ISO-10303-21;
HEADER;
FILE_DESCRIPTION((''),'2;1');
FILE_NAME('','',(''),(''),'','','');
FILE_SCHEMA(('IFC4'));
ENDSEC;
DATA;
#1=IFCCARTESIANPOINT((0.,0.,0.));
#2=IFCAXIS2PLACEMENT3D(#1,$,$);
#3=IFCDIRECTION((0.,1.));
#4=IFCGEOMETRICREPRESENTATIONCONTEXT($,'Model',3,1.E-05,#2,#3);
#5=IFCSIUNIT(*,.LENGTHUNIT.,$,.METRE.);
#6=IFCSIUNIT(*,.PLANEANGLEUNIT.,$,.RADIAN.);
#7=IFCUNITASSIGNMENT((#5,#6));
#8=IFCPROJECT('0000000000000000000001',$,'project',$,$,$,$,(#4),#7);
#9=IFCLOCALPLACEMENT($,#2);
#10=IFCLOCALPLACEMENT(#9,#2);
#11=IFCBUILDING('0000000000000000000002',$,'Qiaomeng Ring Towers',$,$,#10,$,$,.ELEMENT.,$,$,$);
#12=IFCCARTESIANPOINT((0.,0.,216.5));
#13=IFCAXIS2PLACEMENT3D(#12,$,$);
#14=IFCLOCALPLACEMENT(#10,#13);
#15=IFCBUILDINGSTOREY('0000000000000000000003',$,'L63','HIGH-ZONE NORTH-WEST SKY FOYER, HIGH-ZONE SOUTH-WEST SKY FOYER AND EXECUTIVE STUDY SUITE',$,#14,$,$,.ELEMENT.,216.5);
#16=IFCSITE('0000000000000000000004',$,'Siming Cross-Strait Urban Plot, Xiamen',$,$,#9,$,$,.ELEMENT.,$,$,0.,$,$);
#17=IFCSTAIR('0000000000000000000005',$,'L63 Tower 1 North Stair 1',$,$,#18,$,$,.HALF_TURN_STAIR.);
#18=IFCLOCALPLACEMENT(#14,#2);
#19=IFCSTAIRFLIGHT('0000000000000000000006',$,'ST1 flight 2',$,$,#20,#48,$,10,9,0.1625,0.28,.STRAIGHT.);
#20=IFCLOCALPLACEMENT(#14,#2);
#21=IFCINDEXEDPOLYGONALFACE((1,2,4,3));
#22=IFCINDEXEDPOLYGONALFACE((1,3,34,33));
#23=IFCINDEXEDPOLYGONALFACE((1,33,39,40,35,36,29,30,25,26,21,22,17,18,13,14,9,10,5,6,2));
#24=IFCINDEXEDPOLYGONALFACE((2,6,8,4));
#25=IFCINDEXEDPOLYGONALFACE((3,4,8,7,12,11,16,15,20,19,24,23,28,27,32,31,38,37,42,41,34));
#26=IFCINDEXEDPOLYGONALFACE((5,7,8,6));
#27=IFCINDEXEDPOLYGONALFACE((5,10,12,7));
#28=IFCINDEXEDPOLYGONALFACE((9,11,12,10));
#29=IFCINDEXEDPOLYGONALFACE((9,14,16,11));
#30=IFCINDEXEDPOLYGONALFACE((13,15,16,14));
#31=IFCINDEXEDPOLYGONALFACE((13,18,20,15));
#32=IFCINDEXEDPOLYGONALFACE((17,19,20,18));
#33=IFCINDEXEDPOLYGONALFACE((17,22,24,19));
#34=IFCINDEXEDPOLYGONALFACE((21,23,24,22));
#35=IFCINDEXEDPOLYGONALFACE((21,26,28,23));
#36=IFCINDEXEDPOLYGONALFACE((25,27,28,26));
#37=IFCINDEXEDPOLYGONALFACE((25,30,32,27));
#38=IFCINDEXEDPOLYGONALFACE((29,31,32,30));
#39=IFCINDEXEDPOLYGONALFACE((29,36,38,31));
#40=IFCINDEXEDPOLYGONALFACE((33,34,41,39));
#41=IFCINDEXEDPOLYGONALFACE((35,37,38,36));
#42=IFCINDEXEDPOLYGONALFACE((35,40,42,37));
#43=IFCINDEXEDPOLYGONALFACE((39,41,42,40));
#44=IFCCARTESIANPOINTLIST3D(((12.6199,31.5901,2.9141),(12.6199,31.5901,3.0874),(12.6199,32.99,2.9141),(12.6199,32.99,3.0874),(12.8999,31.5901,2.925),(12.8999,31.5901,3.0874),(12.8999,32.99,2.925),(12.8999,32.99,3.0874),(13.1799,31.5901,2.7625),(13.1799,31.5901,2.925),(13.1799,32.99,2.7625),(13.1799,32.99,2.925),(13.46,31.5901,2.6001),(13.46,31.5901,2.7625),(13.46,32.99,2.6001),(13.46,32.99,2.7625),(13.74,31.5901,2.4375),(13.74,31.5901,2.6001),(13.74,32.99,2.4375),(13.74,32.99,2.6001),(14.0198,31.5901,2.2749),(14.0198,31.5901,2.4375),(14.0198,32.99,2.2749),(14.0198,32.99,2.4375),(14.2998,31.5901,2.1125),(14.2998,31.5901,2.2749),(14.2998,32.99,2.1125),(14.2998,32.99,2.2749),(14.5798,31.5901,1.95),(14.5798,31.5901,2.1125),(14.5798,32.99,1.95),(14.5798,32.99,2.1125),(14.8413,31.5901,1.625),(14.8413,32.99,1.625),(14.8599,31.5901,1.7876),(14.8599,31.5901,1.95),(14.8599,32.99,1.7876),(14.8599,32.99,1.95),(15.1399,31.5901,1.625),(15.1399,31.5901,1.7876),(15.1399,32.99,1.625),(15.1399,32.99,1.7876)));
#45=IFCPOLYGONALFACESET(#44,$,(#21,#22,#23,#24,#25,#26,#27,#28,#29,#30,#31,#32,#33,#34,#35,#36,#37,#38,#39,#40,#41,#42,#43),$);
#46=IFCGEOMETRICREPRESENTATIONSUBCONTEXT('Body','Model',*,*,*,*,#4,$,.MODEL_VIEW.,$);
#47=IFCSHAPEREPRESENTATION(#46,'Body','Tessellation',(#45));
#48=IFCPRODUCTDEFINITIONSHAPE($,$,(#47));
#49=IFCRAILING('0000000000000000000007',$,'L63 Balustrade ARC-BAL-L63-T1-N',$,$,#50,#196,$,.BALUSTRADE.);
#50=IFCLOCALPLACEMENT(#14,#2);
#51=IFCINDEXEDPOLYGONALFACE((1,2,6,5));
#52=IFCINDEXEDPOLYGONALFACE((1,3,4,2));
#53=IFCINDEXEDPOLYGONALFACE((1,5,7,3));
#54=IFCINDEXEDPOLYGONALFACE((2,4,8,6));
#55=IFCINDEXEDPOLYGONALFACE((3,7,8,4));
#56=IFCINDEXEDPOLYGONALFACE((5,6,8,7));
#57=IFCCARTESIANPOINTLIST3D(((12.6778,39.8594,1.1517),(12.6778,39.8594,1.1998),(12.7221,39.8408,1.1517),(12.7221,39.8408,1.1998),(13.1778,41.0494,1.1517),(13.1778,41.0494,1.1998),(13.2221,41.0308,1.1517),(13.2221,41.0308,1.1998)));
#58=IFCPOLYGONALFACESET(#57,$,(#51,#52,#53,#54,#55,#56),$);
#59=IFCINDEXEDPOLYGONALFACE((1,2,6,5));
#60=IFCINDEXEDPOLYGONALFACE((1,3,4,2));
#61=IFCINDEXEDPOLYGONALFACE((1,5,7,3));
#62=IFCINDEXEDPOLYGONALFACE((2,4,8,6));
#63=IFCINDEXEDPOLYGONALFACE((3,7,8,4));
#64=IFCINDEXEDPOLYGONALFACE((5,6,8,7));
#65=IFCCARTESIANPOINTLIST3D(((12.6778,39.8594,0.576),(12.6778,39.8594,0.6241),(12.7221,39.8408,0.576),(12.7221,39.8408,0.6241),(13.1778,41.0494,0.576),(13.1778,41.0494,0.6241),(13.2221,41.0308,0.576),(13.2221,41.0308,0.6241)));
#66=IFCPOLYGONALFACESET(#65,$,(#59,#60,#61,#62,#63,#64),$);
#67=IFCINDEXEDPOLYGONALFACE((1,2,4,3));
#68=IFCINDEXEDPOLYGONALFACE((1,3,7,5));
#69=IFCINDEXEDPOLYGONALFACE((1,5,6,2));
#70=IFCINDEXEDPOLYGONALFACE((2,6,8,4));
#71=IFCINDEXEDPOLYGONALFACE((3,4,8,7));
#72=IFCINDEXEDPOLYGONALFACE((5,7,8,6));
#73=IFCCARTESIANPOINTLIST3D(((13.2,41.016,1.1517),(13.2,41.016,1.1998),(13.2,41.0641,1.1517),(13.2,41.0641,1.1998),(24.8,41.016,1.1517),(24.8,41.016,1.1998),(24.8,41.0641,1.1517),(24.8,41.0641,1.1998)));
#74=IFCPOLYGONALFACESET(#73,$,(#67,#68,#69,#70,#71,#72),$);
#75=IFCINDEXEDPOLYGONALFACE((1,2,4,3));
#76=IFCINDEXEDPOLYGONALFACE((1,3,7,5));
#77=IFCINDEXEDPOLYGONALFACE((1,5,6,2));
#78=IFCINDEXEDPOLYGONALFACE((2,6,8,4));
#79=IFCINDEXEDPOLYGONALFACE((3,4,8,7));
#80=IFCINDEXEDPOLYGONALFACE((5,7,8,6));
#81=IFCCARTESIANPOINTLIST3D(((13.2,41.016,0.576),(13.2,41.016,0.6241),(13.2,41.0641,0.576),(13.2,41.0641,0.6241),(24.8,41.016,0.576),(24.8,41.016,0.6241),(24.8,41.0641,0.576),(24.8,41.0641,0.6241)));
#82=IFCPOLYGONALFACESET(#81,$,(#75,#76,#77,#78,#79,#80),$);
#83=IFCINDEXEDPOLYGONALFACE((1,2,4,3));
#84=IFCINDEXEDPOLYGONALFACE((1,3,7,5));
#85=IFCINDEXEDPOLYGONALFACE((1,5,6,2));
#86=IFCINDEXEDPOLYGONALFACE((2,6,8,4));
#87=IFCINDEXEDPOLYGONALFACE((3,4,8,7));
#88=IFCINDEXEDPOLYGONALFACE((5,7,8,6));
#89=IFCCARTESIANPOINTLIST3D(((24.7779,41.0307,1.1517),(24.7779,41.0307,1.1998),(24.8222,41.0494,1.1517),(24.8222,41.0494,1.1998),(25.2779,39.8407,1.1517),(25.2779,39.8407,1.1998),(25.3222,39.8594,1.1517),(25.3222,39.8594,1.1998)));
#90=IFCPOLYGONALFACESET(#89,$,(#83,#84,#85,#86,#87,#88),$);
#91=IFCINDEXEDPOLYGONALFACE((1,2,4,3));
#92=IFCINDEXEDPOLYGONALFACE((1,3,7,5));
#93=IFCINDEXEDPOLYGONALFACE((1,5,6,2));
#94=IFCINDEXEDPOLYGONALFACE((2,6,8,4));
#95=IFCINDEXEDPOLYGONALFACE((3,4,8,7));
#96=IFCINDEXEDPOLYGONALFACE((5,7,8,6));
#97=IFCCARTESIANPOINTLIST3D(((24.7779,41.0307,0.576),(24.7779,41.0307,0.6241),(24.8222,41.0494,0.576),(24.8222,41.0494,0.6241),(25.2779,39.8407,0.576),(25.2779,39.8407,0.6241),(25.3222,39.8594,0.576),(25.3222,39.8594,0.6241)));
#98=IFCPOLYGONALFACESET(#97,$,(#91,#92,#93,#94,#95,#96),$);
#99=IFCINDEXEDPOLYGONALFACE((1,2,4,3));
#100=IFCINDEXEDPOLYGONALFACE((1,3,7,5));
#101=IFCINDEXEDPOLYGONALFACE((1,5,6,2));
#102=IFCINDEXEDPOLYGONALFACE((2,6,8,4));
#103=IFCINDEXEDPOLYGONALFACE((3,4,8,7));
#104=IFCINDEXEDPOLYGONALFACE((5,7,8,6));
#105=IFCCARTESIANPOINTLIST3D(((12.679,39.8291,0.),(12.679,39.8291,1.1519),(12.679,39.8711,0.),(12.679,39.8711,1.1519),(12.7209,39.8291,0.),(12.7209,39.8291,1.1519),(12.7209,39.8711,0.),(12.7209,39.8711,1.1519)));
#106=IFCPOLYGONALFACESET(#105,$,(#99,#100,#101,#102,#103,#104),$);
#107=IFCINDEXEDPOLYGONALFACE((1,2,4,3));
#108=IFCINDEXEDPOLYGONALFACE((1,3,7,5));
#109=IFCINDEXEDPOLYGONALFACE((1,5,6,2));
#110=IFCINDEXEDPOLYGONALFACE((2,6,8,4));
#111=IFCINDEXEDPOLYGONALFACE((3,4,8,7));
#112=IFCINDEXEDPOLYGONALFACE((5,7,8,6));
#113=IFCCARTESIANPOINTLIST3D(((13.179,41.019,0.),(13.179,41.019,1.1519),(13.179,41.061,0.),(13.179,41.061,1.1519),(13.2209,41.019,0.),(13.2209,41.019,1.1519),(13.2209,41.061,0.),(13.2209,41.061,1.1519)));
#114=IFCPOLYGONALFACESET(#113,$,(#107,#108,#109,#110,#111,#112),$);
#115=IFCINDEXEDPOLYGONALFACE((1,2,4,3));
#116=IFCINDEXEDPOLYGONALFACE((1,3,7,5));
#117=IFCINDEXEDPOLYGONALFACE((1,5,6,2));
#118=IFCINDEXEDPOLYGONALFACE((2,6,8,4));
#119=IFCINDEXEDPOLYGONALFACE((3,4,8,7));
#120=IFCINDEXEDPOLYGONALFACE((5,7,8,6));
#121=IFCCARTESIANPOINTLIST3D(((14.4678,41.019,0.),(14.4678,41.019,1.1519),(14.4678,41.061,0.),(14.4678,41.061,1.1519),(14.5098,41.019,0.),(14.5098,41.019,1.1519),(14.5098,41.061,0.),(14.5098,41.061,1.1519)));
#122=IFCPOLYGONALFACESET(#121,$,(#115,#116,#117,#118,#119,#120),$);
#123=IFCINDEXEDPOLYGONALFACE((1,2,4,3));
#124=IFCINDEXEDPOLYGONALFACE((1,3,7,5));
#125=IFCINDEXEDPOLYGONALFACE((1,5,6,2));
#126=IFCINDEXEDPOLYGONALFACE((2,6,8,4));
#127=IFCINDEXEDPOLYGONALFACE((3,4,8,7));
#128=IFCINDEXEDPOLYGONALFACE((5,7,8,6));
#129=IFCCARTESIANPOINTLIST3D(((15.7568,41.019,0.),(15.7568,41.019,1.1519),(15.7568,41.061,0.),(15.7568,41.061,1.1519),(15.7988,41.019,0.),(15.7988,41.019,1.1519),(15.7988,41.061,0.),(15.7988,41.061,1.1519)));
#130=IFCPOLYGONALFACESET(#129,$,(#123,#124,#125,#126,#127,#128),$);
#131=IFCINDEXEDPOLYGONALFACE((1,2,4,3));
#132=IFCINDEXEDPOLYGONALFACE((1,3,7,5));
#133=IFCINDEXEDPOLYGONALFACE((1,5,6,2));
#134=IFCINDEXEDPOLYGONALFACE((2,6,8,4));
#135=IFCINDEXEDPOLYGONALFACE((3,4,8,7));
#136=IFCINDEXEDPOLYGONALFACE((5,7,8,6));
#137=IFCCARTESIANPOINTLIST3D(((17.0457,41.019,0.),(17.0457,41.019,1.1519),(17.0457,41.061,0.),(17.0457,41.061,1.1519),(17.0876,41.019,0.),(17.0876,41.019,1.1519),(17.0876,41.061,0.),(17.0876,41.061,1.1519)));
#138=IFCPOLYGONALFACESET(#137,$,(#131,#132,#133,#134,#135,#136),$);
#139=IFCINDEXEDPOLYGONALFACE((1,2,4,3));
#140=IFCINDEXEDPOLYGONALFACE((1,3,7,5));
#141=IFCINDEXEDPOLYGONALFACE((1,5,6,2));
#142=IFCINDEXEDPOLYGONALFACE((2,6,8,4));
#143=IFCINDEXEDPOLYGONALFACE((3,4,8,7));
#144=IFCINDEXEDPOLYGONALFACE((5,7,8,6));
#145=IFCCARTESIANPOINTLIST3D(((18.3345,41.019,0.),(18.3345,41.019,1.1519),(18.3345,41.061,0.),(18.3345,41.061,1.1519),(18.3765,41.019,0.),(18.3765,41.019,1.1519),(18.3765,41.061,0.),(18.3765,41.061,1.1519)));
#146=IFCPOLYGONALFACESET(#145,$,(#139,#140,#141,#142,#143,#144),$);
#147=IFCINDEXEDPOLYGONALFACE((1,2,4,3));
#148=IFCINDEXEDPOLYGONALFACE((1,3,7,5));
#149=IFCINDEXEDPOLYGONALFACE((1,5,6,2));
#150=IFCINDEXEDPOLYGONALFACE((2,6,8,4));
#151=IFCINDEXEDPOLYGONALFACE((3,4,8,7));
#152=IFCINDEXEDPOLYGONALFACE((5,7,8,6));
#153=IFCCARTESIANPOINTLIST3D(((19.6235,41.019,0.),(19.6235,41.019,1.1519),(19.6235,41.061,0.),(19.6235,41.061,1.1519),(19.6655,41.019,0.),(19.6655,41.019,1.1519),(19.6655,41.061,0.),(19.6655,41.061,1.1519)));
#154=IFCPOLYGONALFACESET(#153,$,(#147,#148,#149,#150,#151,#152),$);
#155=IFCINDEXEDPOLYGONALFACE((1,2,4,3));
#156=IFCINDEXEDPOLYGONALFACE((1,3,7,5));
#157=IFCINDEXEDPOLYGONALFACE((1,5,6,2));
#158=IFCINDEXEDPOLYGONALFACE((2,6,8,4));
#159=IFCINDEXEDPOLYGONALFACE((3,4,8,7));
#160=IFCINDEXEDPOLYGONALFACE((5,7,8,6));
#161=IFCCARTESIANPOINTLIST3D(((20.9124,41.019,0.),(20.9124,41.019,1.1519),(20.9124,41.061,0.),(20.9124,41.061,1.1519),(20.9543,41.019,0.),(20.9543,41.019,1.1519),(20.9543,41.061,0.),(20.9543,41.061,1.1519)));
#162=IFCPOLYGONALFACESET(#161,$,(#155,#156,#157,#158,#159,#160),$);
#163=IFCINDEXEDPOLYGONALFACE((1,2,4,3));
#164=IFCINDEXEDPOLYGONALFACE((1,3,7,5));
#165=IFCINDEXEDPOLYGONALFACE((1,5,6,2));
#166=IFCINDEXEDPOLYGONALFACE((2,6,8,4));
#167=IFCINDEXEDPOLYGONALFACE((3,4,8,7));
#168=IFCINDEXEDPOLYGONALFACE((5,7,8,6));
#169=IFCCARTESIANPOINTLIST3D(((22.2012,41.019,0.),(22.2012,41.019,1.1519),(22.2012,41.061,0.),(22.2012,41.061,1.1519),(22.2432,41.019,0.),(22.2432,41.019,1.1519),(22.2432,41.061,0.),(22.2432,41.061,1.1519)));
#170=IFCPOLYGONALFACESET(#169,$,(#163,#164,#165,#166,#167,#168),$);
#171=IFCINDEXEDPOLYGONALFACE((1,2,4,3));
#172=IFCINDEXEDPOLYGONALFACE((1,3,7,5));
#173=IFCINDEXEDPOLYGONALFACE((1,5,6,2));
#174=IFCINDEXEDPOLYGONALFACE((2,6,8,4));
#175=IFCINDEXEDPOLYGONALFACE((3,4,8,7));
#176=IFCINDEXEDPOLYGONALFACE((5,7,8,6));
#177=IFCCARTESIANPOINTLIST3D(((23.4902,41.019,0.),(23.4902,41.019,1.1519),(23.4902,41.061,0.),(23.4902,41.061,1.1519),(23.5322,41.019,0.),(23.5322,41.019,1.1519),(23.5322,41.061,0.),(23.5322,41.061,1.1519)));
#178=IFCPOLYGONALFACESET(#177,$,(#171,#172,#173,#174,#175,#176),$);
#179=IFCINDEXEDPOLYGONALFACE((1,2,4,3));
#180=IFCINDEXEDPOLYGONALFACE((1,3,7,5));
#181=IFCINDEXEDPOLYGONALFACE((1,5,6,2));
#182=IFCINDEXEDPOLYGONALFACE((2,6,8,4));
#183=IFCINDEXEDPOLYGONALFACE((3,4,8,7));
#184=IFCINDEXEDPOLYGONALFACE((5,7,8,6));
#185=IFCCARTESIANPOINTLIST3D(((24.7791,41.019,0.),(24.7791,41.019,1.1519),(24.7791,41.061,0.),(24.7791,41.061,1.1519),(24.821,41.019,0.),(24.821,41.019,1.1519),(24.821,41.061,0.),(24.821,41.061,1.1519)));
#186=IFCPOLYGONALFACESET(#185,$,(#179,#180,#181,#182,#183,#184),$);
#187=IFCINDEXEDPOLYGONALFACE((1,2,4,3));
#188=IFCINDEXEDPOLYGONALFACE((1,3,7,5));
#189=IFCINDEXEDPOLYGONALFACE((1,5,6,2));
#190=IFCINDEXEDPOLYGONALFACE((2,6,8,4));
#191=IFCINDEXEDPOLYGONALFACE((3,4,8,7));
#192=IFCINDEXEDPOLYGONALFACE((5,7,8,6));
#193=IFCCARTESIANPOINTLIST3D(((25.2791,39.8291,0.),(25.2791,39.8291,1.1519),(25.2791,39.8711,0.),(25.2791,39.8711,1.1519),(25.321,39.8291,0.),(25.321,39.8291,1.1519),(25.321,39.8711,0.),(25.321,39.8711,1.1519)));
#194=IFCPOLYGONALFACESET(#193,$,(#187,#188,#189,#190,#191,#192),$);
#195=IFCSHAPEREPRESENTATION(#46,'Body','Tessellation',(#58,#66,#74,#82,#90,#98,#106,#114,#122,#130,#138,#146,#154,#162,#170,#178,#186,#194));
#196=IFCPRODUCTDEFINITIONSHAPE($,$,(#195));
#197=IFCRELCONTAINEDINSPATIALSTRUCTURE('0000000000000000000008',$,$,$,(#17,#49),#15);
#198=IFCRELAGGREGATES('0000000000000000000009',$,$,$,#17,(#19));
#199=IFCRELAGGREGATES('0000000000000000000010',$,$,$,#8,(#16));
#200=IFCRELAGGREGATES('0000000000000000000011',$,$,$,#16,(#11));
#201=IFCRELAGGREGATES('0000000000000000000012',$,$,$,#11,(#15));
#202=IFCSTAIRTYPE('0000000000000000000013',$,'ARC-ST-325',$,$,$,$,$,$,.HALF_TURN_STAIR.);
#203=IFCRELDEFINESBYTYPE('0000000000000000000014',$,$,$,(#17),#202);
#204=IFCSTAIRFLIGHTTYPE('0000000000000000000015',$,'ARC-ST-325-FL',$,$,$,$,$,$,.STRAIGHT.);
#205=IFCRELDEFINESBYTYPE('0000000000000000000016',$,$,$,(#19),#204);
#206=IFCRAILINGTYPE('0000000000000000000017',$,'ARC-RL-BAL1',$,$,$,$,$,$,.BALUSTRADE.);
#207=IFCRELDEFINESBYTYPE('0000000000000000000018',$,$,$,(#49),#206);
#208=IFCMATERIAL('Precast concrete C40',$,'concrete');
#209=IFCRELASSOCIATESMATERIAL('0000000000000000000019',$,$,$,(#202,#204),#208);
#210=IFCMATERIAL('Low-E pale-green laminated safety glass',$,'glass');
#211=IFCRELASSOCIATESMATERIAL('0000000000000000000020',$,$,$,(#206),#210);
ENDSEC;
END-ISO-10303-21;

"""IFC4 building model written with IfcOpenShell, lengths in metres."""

from ifc_helpers import new_model, si_unit, direction, frame, origin, origin_2d, place, context, subcontext, project, spatial, polyline, rectangle, outline, extrude, source, transform, mapped, material, type_object, element, aggregate, save


model = new_model("IFC4")

# Units and contexts
model_context = context("Model", 3, precision=1e-05, world=origin(), true_north=direction((0.0, 1.0)))
body_context = subcontext(model_context, "Body", "Model", "MODEL_VIEW")
ifc_project = project(units=[si_unit("LENGTHUNIT", "METRE"), si_unit("PLANEANGLEUNIT", "RADIAN")], contexts=[model_context])

# Site, building, storey
site_placement = place(None, origin())
site = spatial("IfcSite", under=ifc_project, at=site_placement, Name="Siming Cross-Strait Urban Plot, Xiamen", CompositionType="ELEMENT", RefElevation=0.0)
building_placement = place(site_placement, origin())
building = spatial("IfcBuilding", under=site, at=building_placement, Name="Qiaomeng Ring Towers", CompositionType="ELEMENT")
storey_placement = place(building_placement, frame((0.0, 0.0, 216.5)))
storey = spatial("IfcBuildingStorey", under=building, at=storey_placement, Name="L63", Description="HIGH-ZONE NORTH-WEST SKY FOYER, HIGH-ZONE SOUTH-WEST SKY FOYER AND EXECUTIVE STUDY SUITE", CompositionType="ELEMENT", Elevation=216.5)

# Stair, stair flight
ifc_material_1 = material(Name="Precast concrete C40", Category="concrete")
stair_type = type_object("IfcStairType", Name="ARC-ST-325", PredefinedType="HALF_TURN_STAIR", material=ifc_material_1)
stair_placement = place(storey_placement, origin())
stair = element("IfcStair", 1, at=stair_placement, inside=storey, type_object=stair_type, Name="L63 Tower 1 North Stair 1", PredefinedType="HALF_TURN_STAIR")
stair_flight_type = type_object("IfcStairFlightType", Name="ARC-ST-325-FL", PredefinedType="STRAIGHT", material=ifc_material_1)
shared_shape_1 = source(origin(), body_context, "Body", "SweptSolid", [
    extrude(outline(polyline([(0.0, 0.0), (0.0, 0.1626), (0.28, 0.1626), (0.28, 0.325), (0.5601, 0.325), (0.5601, 0.4875), (0.8401, 0.4875), (0.8401, 0.6499), (1.1201, 0.6499), (1.1201, 0.8125), (1.3999, 0.8125), (1.3999, 0.9751), (1.6799, 0.9751), (1.6799, 1.1375), (1.96, 1.1375), (1.96, 1.3), (2.24, 1.3), (2.24, 1.4624), (2.52, 1.4624), (2.52, 1.625), (2.52, 1.2891), (0.2986, 0.0), (0.0, 0.0)])), frame((0.0, 0.7, 0.0), z_axis=(0.0, -1.0, 0.0), x_axis=(1.0, 0.0, 0.0)), (0.0, 0.0, 1.0), 1.3999),
])
stair_flight_placement = place(storey_placement, frame((15.1399, 32.29, 1.625), z_axis=(0.0, 0.0, 1.0), x_axis=(-1.0, 0.0, 0.0)))
stair_flight = element("IfcStairFlight", 2, at=stair_flight_placement, type_object=stair_flight_type, Name="ST1 flight 2", NumberOfRisers=10, NumberOfTreads=9, PredefinedType="STRAIGHT", RiserHeight=0.1625, TreadLength=0.28, context=body_context, shape_type="MappedRepresentation", body=[
    mapped(shared_shape_1, transform((0.0, 0.0, 0.0), x_axis=(1.0, 0.0, 0.0), y_axis=(0.0, 1.0, 0.0), z_axis=(0.0, 0.0, 1.0), scale=1.0)),
])
aggregate(stair, [stair_flight])

# Railing
ifc_material_2 = material(Name="Low-E pale-green laminated safety glass", Category="glass")
railing_type_1 = type_object("IfcRailingType", Name="ARC-RL-BAL1", PredefinedType="BALUSTRADE", material=ifc_material_2)
railing_1_placement = place(storey_placement, frame((12.7, 39.8501, 0.0)))
element("IfcRailing", 3, at=railing_1_placement, inside=storey, type_object=railing_type_1, Name="L63 Balustrade ARC-BAL-L63-T1-N", PredefinedType="BALUSTRADE", context=body_context, shape_type="SweptSolid", body=[
    extrude(rectangle(XDim=0.0481, YDim=0.0481, at=origin_2d()), frame((0.0, 0.0, 1.1758), z_axis=(0.38738, 0.92192, 0.0), x_axis=(-0.92192, 0.38738, 0.0)), (0.0, 0.0, 1.0), 1.2908),
    extrude(rectangle(XDim=0.0481, YDim=0.0481, at=origin_2d()), frame((0.0, 0.0, 0.6001), z_axis=(0.38738, 0.92192, 0.0), x_axis=(-0.92192, 0.38738, 0.0)), (0.0, 0.0, 1.0), 1.2908),
    extrude(rectangle(XDim=0.0481, YDim=0.0481, at=origin_2d()), frame((0.5, 1.1899, 1.1758), z_axis=(1.0, 0.0, 0.0), x_axis=(0.0, 1.0, 0.0)), (0.0, 0.0, 1.0), 11.6001),
    extrude(rectangle(XDim=0.0481, YDim=0.0481, at=origin_2d()), frame((0.5, 1.1899, 0.6001), z_axis=(1.0, 0.0, 0.0), x_axis=(0.0, 1.0, 0.0)), (0.0, 0.0, 1.0), 11.6001),
    extrude(rectangle(XDim=0.0481, YDim=0.0481, at=origin_2d()), frame((12.1001, 1.1899, 1.1758), z_axis=(0.38738, -0.92192, 0.0), x_axis=(0.92192, 0.38738, 0.0)), (0.0, 0.0, 1.0), 1.2908),
    extrude(rectangle(XDim=0.0481, YDim=0.0481, at=origin_2d()), frame((12.1001, 1.1899, 0.6001), z_axis=(0.38738, -0.92192, 0.0), x_axis=(0.92192, 0.38738, 0.0)), (0.0, 0.0, 1.0), 1.2908),
    extrude(rectangle(XDim=0.042, YDim=0.042, at=origin_2d()), origin(), (0.0, 0.0, 1.0), 1.1519),
    extrude(rectangle(XDim=0.042, YDim=0.042, at=origin_2d()), frame((0.5, 1.1899, 0.0)), (0.0, 0.0, 1.0), 1.1519),
    extrude(rectangle(XDim=0.042, YDim=0.042, at=origin_2d()), frame((1.7888, 1.1899, 0.0)), (0.0, 0.0, 1.0), 1.1519),
    extrude(rectangle(XDim=0.042, YDim=0.042, at=origin_2d()), frame((3.0779, 1.1899, 0.0)), (0.0, 0.0, 1.0), 1.1519),
    extrude(rectangle(XDim=0.042, YDim=0.042, at=origin_2d()), frame((4.3667, 1.1899, 0.0)), (0.0, 0.0, 1.0), 1.1519),
    extrude(rectangle(XDim=0.042, YDim=0.042, at=origin_2d()), frame((5.6555, 1.1899, 0.0)), (0.0, 0.0, 1.0), 1.1519),
    extrude(rectangle(XDim=0.042, YDim=0.042, at=origin_2d()), frame((6.9446, 1.1899, 0.0)), (0.0, 0.0, 1.0), 1.1519),
    extrude(rectangle(XDim=0.042, YDim=0.042, at=origin_2d()), frame((8.2334, 1.1899, 0.0)), (0.0, 0.0, 1.0), 1.1519),
    extrude(rectangle(XDim=0.042, YDim=0.042, at=origin_2d()), frame((9.5222, 1.1899, 0.0)), (0.0, 0.0, 1.0), 1.1519),
    extrude(rectangle(XDim=0.042, YDim=0.042, at=origin_2d()), frame((10.8113, 1.1899, 0.0)), (0.0, 0.0, 1.0), 1.1519),
    extrude(rectangle(XDim=0.042, YDim=0.042, at=origin_2d()), frame((12.1001, 1.1899, 0.0)), (0.0, 0.0, 1.0), 1.1519),
    extrude(rectangle(XDim=0.042, YDim=0.042, at=origin_2d()), frame((12.6001, 0.0, 0.0)), (0.0, 0.0, 1.0), 1.1519),
])

save(model, "model.ifc")
